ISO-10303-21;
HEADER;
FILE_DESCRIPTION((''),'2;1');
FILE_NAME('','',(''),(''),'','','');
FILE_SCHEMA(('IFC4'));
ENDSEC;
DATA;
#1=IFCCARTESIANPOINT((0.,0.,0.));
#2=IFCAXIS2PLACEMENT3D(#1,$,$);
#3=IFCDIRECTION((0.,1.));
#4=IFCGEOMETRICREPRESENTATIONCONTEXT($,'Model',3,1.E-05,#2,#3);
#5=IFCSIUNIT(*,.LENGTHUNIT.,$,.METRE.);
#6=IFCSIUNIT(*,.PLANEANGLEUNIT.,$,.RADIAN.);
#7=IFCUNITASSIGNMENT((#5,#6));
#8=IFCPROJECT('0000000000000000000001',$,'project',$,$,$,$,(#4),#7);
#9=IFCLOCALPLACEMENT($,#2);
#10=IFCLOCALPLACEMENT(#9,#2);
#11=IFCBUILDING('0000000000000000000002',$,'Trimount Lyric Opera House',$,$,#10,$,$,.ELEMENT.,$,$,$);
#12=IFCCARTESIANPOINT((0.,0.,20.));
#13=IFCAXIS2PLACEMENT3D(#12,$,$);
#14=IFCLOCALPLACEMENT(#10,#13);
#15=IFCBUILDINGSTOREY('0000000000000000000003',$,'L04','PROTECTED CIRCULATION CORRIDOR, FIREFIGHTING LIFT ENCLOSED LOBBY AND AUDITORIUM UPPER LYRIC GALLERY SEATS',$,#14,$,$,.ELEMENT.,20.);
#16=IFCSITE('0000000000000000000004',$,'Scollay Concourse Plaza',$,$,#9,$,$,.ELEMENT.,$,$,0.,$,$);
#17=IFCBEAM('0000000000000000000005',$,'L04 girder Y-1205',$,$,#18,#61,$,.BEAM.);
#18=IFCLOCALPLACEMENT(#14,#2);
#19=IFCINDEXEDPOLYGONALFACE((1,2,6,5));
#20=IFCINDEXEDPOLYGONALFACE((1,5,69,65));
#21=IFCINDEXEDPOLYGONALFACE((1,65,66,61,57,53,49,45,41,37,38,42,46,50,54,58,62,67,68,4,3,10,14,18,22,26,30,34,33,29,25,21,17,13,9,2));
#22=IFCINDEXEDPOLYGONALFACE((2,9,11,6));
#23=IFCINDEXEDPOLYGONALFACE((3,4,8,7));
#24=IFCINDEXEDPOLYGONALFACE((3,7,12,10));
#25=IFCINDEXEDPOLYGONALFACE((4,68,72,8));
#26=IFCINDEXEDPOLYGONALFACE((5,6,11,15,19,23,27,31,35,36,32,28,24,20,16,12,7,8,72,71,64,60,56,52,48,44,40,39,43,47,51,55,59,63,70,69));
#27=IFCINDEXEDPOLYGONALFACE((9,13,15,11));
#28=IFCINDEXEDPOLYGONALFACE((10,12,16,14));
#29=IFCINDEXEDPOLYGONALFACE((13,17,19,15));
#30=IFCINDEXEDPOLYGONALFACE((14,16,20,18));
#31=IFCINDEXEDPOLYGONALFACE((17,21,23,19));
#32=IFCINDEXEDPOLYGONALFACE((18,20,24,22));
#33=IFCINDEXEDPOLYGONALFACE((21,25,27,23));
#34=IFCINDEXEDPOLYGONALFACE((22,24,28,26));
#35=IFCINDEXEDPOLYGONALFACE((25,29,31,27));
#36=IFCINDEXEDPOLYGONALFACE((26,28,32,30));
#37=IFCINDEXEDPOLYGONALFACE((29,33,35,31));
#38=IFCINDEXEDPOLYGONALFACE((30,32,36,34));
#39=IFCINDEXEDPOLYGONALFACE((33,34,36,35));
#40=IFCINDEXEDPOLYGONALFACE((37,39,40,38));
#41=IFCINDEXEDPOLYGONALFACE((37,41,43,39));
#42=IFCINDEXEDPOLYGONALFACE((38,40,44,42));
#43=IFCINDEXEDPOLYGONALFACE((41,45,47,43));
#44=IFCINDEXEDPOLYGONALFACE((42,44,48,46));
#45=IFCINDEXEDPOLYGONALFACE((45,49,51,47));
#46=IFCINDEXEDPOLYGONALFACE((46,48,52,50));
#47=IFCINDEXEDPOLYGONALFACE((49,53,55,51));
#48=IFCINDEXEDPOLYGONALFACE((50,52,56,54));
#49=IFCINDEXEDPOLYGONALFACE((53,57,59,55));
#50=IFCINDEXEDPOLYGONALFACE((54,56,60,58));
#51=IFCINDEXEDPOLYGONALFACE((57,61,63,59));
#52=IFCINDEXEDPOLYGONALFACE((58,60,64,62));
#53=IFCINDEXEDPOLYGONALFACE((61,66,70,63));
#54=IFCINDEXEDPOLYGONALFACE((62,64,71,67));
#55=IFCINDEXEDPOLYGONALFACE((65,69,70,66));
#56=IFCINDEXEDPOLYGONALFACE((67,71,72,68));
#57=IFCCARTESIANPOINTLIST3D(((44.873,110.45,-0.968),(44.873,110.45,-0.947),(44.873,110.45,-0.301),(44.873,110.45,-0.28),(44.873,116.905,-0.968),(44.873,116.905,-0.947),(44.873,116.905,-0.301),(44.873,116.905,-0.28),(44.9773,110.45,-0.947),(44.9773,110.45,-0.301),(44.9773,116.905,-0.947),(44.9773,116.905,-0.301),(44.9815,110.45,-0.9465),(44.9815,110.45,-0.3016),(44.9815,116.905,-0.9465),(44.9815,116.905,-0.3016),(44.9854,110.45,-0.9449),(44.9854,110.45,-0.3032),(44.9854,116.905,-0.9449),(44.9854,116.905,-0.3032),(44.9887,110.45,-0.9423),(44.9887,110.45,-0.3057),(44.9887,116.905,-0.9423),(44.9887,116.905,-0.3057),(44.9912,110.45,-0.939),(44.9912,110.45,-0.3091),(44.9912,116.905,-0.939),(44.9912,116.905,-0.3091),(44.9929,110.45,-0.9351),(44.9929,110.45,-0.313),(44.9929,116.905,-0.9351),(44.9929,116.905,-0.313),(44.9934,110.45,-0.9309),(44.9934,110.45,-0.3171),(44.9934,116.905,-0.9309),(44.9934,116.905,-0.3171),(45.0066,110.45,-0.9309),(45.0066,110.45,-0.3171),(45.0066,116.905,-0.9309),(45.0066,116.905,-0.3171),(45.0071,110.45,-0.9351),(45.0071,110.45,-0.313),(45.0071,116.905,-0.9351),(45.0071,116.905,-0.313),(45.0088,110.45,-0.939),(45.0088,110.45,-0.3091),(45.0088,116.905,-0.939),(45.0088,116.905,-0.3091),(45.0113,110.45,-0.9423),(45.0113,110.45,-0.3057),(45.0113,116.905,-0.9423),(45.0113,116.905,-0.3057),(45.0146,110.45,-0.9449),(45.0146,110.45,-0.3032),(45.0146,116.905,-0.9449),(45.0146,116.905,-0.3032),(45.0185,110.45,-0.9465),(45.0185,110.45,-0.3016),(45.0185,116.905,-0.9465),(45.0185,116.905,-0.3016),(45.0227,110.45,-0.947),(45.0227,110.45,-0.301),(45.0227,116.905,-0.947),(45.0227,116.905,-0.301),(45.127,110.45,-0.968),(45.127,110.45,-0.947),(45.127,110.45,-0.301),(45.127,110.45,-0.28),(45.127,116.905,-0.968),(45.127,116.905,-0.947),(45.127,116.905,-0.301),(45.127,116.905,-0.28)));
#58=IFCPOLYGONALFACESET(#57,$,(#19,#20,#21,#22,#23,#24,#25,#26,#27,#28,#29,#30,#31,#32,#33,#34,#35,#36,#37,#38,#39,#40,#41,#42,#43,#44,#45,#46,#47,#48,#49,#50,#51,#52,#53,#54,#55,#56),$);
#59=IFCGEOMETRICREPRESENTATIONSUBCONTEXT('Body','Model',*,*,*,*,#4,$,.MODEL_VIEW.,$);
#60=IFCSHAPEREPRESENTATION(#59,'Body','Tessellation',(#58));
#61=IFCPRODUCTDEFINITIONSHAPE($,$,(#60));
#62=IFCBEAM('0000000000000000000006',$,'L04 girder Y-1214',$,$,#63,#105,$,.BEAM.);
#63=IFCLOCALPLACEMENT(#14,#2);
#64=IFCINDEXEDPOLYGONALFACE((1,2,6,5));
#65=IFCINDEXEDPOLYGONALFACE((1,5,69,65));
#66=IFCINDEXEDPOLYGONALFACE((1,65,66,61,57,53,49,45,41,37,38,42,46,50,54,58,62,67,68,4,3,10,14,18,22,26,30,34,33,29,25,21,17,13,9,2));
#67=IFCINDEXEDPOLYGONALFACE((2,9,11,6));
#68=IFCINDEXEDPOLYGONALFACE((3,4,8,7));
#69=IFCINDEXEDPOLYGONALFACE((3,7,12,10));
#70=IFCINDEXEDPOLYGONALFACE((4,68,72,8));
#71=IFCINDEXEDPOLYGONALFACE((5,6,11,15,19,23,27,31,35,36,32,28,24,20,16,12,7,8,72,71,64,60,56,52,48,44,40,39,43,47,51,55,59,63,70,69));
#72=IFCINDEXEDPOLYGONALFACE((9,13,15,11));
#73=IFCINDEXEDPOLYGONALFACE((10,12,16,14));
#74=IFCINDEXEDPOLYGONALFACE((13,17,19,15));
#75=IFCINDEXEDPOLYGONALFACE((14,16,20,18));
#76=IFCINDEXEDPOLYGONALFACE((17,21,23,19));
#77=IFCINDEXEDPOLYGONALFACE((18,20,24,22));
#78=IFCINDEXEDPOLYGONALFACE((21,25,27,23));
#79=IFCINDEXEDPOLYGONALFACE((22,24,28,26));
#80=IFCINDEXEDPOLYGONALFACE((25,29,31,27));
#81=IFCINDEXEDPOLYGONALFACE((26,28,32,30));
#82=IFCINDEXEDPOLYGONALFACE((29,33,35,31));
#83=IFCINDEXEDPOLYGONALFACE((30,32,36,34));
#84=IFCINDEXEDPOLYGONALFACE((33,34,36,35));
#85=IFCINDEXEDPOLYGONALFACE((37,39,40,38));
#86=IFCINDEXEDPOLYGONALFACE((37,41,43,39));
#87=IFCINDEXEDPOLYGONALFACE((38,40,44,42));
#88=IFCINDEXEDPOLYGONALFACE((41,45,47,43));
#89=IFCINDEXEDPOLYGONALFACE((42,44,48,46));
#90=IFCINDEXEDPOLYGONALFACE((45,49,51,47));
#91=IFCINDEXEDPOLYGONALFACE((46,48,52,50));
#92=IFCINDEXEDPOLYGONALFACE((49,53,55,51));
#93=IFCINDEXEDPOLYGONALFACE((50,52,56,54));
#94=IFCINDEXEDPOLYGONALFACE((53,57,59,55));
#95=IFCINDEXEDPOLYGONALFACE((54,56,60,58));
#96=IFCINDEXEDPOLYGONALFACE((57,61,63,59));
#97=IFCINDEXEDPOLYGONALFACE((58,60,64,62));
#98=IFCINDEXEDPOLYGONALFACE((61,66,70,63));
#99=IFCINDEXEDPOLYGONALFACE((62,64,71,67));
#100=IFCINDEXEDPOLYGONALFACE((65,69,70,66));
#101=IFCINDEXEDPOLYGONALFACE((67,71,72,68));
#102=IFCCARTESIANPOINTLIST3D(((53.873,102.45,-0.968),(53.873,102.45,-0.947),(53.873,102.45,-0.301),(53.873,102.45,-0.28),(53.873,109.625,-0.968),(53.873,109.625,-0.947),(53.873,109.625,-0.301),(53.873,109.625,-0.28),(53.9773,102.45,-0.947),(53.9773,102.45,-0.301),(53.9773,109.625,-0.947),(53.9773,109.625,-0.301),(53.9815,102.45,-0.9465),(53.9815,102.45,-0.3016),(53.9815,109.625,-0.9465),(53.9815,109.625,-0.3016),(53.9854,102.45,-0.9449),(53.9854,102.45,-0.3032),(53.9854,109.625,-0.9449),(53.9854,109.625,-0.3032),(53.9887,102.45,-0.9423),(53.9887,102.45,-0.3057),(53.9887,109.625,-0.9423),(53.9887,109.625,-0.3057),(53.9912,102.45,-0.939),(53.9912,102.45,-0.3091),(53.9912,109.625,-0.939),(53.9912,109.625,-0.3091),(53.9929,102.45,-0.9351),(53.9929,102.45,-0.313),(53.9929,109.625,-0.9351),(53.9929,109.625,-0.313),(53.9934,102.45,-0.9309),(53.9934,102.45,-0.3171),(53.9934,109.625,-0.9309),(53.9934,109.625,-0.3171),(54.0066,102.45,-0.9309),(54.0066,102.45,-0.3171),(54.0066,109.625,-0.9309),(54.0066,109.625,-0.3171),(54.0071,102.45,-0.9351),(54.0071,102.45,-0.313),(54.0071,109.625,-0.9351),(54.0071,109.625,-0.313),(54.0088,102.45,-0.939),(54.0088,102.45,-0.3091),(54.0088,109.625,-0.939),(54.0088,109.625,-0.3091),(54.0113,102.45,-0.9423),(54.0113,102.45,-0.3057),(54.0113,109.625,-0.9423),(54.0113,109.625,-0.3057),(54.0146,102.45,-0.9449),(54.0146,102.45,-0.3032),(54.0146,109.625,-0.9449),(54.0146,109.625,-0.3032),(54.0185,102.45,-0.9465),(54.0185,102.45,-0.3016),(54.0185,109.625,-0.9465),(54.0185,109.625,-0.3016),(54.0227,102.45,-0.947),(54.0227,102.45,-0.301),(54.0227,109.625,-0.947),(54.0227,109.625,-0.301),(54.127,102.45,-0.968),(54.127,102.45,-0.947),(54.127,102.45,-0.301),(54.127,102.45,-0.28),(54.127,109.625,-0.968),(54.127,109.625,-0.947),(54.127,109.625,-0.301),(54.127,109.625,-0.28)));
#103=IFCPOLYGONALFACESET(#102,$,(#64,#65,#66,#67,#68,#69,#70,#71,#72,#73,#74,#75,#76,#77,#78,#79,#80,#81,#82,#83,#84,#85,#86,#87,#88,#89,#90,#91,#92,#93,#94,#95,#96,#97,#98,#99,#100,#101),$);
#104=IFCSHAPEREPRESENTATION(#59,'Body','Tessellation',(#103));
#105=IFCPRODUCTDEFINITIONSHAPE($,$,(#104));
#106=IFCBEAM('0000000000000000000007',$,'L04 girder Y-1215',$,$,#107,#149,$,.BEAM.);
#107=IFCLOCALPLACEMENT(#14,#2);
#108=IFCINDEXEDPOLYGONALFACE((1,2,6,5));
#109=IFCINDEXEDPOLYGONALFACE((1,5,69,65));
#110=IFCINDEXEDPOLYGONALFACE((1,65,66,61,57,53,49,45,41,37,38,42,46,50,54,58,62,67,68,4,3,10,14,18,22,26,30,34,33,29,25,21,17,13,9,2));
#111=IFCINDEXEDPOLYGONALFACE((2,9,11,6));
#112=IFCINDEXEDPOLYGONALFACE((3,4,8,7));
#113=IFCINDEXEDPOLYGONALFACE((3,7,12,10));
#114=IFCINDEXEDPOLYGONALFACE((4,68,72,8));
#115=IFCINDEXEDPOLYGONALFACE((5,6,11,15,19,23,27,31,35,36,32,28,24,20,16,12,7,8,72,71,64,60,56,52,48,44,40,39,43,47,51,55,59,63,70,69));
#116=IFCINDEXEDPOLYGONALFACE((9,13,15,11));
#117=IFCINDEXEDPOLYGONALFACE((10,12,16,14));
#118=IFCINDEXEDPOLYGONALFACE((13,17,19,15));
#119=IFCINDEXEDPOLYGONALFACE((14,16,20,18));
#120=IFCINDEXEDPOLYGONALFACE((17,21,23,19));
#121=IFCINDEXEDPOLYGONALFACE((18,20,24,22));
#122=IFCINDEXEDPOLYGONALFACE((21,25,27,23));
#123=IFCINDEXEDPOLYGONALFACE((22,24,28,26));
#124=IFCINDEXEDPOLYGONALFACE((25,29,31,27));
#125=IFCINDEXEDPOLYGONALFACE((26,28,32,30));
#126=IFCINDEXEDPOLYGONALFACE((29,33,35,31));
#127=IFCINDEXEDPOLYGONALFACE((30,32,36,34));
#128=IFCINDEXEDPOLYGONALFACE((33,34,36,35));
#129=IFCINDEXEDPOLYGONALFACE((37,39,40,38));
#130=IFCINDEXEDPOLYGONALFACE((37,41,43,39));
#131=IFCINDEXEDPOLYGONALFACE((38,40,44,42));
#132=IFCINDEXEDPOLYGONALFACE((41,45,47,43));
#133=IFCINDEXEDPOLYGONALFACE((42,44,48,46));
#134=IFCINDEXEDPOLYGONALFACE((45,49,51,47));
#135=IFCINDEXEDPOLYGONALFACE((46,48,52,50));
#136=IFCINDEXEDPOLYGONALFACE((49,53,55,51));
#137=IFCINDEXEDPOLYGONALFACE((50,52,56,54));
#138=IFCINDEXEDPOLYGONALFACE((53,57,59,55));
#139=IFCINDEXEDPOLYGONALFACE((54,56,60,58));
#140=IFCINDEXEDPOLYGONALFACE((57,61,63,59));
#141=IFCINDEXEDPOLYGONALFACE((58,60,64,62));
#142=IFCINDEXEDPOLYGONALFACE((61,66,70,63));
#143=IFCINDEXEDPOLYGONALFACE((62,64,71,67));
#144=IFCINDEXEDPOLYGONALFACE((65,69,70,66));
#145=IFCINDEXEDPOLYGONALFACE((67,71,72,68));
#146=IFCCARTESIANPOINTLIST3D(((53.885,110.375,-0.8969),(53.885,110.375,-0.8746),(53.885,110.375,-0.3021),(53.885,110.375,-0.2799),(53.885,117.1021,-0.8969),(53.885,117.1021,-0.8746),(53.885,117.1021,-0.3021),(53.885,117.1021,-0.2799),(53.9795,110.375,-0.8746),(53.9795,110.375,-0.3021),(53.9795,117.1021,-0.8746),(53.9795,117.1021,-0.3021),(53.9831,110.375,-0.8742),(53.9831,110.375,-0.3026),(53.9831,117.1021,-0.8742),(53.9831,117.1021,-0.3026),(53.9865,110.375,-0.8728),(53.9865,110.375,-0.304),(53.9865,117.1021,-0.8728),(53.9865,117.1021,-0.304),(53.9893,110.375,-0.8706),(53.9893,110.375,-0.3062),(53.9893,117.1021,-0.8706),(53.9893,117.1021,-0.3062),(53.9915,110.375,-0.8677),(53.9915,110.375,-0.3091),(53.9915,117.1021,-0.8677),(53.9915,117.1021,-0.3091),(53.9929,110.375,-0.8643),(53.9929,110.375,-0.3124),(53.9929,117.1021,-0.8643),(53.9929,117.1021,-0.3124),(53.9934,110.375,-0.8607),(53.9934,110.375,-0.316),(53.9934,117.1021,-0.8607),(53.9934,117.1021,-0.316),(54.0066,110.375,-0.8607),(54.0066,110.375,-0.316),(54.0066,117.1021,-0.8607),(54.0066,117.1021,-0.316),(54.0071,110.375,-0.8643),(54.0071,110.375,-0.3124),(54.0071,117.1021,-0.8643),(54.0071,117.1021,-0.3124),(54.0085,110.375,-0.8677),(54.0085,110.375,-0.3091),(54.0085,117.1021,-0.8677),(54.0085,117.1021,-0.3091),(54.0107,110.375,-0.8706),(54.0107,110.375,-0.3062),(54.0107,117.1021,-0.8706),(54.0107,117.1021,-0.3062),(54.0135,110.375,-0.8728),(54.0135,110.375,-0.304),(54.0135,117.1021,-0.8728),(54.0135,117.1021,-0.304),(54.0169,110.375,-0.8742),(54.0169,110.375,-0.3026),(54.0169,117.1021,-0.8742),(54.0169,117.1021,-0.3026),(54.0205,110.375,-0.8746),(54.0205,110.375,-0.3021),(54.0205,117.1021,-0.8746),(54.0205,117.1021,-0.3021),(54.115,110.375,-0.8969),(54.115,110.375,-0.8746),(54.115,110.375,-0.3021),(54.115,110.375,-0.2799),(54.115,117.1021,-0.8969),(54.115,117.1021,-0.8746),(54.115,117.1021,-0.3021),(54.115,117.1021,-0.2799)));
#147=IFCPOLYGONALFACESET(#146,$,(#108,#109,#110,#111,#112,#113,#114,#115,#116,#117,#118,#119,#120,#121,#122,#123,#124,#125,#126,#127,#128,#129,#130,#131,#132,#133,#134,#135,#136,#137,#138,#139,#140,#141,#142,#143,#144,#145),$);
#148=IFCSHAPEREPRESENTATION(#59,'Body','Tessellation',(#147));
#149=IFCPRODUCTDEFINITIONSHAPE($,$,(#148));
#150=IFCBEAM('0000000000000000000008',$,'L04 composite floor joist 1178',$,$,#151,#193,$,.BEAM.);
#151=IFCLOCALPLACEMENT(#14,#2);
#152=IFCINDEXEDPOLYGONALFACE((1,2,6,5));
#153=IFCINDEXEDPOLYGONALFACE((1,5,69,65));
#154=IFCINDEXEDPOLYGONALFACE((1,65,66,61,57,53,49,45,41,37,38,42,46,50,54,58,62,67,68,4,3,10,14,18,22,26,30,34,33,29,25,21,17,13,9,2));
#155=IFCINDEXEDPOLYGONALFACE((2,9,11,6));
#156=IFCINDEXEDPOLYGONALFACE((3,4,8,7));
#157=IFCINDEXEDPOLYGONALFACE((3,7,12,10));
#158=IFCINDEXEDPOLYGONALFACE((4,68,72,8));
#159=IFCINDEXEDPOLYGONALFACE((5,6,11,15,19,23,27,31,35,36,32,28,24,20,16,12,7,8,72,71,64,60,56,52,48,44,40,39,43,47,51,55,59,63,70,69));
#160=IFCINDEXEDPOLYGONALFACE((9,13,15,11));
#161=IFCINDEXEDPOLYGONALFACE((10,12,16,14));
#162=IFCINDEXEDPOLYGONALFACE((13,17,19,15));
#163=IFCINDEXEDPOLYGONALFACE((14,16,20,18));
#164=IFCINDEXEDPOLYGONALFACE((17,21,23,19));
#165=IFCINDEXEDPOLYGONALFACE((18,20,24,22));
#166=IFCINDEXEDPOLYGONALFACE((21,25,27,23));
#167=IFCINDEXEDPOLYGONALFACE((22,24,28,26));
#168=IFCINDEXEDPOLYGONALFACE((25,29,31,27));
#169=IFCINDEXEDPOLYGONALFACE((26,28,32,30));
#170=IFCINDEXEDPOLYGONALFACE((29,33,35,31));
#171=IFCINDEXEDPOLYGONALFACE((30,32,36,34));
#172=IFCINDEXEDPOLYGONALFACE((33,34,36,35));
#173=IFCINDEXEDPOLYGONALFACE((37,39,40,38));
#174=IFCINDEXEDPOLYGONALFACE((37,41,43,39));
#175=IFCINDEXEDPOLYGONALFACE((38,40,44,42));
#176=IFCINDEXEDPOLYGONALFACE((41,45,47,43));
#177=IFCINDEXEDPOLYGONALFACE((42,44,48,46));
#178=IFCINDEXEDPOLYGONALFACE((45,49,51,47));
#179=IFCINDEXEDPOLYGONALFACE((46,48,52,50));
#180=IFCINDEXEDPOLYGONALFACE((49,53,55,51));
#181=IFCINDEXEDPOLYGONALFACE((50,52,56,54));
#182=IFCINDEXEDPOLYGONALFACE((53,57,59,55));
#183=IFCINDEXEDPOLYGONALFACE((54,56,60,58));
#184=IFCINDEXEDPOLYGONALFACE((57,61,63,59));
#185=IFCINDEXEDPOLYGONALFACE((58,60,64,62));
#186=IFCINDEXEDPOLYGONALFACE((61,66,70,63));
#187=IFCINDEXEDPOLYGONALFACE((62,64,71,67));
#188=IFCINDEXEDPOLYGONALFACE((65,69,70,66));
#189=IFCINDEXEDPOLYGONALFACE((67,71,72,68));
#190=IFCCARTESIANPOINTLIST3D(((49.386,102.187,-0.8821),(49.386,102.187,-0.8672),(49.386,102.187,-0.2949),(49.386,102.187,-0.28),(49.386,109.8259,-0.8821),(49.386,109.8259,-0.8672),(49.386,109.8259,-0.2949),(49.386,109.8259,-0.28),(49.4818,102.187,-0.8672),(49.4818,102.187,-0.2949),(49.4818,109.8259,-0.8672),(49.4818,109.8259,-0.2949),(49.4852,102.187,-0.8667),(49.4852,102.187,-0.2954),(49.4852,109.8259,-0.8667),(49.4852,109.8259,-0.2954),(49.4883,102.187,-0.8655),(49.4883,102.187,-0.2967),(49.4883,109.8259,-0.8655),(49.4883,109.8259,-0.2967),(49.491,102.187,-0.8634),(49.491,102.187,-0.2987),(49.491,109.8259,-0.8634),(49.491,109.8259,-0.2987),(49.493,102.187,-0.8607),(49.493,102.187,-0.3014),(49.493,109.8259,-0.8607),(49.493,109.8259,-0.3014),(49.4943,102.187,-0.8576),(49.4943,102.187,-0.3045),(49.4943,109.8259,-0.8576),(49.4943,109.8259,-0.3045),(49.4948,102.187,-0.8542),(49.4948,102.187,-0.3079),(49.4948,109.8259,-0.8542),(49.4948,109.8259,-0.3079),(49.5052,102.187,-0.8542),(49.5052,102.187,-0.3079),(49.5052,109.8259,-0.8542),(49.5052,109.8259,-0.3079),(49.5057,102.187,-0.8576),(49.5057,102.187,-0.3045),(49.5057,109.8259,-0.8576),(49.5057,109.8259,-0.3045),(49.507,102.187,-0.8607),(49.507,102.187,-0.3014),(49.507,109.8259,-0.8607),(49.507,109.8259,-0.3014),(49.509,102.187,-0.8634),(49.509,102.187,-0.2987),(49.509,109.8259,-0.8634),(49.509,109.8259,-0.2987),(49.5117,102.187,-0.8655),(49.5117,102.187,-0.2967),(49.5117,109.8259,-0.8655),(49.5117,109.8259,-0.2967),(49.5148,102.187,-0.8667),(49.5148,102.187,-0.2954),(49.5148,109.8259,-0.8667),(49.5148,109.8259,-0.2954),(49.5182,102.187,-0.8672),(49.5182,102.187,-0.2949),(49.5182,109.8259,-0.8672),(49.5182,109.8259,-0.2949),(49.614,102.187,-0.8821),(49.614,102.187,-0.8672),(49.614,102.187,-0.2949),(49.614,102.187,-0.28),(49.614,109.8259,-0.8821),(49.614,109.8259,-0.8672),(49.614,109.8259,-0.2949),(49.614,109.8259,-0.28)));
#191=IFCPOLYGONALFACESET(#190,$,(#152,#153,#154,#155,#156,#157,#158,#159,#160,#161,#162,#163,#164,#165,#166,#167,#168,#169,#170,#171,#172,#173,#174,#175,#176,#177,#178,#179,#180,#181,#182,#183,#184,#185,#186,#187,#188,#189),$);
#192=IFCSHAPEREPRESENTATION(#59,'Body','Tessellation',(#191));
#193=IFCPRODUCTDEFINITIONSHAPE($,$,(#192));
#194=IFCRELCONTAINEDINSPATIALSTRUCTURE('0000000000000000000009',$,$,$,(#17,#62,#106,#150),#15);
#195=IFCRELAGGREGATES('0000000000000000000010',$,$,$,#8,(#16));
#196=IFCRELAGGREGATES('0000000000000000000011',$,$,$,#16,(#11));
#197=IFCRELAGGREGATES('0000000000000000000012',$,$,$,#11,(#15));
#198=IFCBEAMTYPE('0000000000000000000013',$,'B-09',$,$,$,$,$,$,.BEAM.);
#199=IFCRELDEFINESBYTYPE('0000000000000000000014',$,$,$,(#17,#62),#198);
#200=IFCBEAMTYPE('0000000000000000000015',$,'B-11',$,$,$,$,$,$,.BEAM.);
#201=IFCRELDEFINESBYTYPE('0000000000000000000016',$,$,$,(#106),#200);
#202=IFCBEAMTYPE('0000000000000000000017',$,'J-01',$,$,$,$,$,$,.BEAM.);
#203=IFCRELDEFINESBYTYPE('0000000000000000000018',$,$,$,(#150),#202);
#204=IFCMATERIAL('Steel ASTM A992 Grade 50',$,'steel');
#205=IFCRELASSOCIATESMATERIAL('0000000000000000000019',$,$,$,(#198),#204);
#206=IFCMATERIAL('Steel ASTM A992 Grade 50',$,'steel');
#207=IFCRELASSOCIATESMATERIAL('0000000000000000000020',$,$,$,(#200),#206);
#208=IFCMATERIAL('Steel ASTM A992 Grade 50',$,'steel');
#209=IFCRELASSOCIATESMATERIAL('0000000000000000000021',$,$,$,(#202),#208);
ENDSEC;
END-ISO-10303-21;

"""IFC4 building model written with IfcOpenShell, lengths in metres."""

from ifc_helpers import new_model, si_unit, direction, frame, origin, origin_2d, place, context, subcontext, project, spatial, i_section, extrude, material, material_profile, profile_set, type_object, element, save


model = new_model("IFC4")

# Units and contexts
model_context = context("Model", 3, precision=1e-05, world=origin(), true_north=direction((0.0, 1.0)))
body_context = subcontext(model_context, "Body", "Model", "MODEL_VIEW")
ifc_project = project(units=[si_unit("LENGTHUNIT", "METRE"), si_unit("PLANEANGLEUNIT", "RADIAN")], contexts=[model_context])

# Site, building, storey
site_placement = place(None, origin())
site = spatial("IfcSite", under=ifc_project, at=site_placement, Name="Scollay Concourse Plaza", CompositionType="ELEMENT", RefElevation=0.0)
building_placement = place(site_placement, origin())
building = spatial("IfcBuilding", under=site, at=building_placement, Name="Trimount Lyric Opera House", CompositionType="ELEMENT")
storey_placement = place(building_placement, frame((0.0, 0.0, 20.0)))
storey = spatial("IfcBuildingStorey", under=building, at=storey_placement, Name="L04", Description="PROTECTED CIRCULATION CORRIDOR, FIREFIGHTING LIFT ENCLOSED LOBBY AND AUDITORIUM UPPER LYRIC GALLERY SEATS", CompositionType="ELEMENT", Elevation=20.0)

# Beams
ifc_material_1 = material(Name="Steel ASTM A992 Grade 50", Category="steel")
ifc_material_profile_1 = material_profile(ifc_material_1, i_section(OverallWidth=0.2539, OverallDepth=0.688, WebThickness=0.0132, FlangeThickness=0.021, FilletRadius=0.0161, at=origin_2d()), Name="W27X102")
ifc_profile_set_1 = profile_set([ifc_material_profile_1], Name="Steel ASTM A992 Grade 50")
beam_type_1 = type_object("IfcBeamType", Name="B-09", PredefinedType="BEAM", material=ifc_profile_set_1)
beam_1_placement = place(storey_placement, frame((45.0, 110.45, -0.624), z_axis=(0.0, 1.0, 0.0), x_axis=(-1.0, 0.0, 0.0)))
element("IfcBeam", 1, at=beam_1_placement, inside=storey, type_object=beam_type_1, Name="L04 girder Y-1205", PredefinedType="BEAM", context=body_context, shape_type="SweptSolid", body=[
    extrude(i_section(OverallWidth=0.2539, OverallDepth=0.688, WebThickness=0.0132, FlangeThickness=0.021, FilletRadius=0.0161, at=origin_2d()), origin(), (0.0, 0.0, 1.0), 6.4551),
])
beam_2_placement = place(storey_placement, frame((54.0, 102.45, -0.624), z_axis=(0.0, 1.0, 0.0), x_axis=(-1.0, 0.0, 0.0)))
element("IfcBeam", 2, at=beam_2_placement, inside=storey, type_object=beam_type_1, Name="L04 girder Y-1214", PredefinedType="BEAM", context=body_context, shape_type="SweptSolid", body=[
    extrude(i_section(OverallWidth=0.2539, OverallDepth=0.688, WebThickness=0.0132, FlangeThickness=0.021, FilletRadius=0.0161, at=origin_2d()), origin(), (0.0, 0.0, 1.0), 7.175),
])
ifc_material_2 = material(Name="Steel ASTM A992 Grade 50", Category="steel")
ifc_material_profile_2 = material_profile(ifc_material_2, i_section(OverallWidth=0.23, OverallDepth=0.6169, WebThickness=0.0132, FlangeThickness=0.0222, FilletRadius=0.0139, at=origin_2d()), Name="W24X94")
ifc_profile_set_2 = profile_set([ifc_material_profile_2], Name="Steel ASTM A992 Grade 50")
beam_type_2 = type_object("IfcBeamType", Name="B-11", PredefinedType="BEAM", material=ifc_profile_set_2)
beam_3_placement = place(storey_placement, frame((54.0, 110.375, -0.5884), z_axis=(0.0, 1.0, 0.0), x_axis=(-1.0, 0.0, 0.0)))
element("IfcBeam", 3, at=beam_3_placement, inside=storey, type_object=beam_type_2, Name="L04 girder Y-1215", PredefinedType="BEAM", context=body_context, shape_type="SweptSolid", body=[
    extrude(i_section(OverallWidth=0.23, OverallDepth=0.6169, WebThickness=0.0132, FlangeThickness=0.0222, FilletRadius=0.0139, at=origin_2d()), origin(), (0.0, 0.0, 1.0), 6.7271),
])
ifc_material_3 = material(Name="Steel ASTM A992 Grade 50", Category="steel")
ifc_material_profile_3 = material_profile(ifc_material_3, i_section(OverallWidth=0.228, OverallDepth=0.6021, WebThickness=0.0105, FlangeThickness=0.0149, FilletRadius=0.0129, at=origin_2d()), Name="W24X68")
ifc_profile_set_3 = profile_set([ifc_material_profile_3], Name="Steel ASTM A992 Grade 50")
beam_type_3 = type_object("IfcBeamType", Name="J-01", PredefinedType="BEAM", material=ifc_profile_set_3)
beam_4_placement = place(storey_placement, frame((49.5, 102.187, -0.5811), z_axis=(0.0, 1.0, 0.0), x_axis=(-1.0, 0.0, 0.0)))
element("IfcBeam", 4, at=beam_4_placement, inside=storey, type_object=beam_type_3, Name="L04 composite floor joist 1178", PredefinedType="BEAM", context=body_context, shape_type="SweptSolid", body=[
    extrude(i_section(OverallWidth=0.228, OverallDepth=0.6021, WebThickness=0.0105, FlangeThickness=0.0149, FilletRadius=0.0129, at=origin_2d()), origin(), (0.0, 0.0, 1.0), 7.6389),
])

save(model, "model.ifc")
